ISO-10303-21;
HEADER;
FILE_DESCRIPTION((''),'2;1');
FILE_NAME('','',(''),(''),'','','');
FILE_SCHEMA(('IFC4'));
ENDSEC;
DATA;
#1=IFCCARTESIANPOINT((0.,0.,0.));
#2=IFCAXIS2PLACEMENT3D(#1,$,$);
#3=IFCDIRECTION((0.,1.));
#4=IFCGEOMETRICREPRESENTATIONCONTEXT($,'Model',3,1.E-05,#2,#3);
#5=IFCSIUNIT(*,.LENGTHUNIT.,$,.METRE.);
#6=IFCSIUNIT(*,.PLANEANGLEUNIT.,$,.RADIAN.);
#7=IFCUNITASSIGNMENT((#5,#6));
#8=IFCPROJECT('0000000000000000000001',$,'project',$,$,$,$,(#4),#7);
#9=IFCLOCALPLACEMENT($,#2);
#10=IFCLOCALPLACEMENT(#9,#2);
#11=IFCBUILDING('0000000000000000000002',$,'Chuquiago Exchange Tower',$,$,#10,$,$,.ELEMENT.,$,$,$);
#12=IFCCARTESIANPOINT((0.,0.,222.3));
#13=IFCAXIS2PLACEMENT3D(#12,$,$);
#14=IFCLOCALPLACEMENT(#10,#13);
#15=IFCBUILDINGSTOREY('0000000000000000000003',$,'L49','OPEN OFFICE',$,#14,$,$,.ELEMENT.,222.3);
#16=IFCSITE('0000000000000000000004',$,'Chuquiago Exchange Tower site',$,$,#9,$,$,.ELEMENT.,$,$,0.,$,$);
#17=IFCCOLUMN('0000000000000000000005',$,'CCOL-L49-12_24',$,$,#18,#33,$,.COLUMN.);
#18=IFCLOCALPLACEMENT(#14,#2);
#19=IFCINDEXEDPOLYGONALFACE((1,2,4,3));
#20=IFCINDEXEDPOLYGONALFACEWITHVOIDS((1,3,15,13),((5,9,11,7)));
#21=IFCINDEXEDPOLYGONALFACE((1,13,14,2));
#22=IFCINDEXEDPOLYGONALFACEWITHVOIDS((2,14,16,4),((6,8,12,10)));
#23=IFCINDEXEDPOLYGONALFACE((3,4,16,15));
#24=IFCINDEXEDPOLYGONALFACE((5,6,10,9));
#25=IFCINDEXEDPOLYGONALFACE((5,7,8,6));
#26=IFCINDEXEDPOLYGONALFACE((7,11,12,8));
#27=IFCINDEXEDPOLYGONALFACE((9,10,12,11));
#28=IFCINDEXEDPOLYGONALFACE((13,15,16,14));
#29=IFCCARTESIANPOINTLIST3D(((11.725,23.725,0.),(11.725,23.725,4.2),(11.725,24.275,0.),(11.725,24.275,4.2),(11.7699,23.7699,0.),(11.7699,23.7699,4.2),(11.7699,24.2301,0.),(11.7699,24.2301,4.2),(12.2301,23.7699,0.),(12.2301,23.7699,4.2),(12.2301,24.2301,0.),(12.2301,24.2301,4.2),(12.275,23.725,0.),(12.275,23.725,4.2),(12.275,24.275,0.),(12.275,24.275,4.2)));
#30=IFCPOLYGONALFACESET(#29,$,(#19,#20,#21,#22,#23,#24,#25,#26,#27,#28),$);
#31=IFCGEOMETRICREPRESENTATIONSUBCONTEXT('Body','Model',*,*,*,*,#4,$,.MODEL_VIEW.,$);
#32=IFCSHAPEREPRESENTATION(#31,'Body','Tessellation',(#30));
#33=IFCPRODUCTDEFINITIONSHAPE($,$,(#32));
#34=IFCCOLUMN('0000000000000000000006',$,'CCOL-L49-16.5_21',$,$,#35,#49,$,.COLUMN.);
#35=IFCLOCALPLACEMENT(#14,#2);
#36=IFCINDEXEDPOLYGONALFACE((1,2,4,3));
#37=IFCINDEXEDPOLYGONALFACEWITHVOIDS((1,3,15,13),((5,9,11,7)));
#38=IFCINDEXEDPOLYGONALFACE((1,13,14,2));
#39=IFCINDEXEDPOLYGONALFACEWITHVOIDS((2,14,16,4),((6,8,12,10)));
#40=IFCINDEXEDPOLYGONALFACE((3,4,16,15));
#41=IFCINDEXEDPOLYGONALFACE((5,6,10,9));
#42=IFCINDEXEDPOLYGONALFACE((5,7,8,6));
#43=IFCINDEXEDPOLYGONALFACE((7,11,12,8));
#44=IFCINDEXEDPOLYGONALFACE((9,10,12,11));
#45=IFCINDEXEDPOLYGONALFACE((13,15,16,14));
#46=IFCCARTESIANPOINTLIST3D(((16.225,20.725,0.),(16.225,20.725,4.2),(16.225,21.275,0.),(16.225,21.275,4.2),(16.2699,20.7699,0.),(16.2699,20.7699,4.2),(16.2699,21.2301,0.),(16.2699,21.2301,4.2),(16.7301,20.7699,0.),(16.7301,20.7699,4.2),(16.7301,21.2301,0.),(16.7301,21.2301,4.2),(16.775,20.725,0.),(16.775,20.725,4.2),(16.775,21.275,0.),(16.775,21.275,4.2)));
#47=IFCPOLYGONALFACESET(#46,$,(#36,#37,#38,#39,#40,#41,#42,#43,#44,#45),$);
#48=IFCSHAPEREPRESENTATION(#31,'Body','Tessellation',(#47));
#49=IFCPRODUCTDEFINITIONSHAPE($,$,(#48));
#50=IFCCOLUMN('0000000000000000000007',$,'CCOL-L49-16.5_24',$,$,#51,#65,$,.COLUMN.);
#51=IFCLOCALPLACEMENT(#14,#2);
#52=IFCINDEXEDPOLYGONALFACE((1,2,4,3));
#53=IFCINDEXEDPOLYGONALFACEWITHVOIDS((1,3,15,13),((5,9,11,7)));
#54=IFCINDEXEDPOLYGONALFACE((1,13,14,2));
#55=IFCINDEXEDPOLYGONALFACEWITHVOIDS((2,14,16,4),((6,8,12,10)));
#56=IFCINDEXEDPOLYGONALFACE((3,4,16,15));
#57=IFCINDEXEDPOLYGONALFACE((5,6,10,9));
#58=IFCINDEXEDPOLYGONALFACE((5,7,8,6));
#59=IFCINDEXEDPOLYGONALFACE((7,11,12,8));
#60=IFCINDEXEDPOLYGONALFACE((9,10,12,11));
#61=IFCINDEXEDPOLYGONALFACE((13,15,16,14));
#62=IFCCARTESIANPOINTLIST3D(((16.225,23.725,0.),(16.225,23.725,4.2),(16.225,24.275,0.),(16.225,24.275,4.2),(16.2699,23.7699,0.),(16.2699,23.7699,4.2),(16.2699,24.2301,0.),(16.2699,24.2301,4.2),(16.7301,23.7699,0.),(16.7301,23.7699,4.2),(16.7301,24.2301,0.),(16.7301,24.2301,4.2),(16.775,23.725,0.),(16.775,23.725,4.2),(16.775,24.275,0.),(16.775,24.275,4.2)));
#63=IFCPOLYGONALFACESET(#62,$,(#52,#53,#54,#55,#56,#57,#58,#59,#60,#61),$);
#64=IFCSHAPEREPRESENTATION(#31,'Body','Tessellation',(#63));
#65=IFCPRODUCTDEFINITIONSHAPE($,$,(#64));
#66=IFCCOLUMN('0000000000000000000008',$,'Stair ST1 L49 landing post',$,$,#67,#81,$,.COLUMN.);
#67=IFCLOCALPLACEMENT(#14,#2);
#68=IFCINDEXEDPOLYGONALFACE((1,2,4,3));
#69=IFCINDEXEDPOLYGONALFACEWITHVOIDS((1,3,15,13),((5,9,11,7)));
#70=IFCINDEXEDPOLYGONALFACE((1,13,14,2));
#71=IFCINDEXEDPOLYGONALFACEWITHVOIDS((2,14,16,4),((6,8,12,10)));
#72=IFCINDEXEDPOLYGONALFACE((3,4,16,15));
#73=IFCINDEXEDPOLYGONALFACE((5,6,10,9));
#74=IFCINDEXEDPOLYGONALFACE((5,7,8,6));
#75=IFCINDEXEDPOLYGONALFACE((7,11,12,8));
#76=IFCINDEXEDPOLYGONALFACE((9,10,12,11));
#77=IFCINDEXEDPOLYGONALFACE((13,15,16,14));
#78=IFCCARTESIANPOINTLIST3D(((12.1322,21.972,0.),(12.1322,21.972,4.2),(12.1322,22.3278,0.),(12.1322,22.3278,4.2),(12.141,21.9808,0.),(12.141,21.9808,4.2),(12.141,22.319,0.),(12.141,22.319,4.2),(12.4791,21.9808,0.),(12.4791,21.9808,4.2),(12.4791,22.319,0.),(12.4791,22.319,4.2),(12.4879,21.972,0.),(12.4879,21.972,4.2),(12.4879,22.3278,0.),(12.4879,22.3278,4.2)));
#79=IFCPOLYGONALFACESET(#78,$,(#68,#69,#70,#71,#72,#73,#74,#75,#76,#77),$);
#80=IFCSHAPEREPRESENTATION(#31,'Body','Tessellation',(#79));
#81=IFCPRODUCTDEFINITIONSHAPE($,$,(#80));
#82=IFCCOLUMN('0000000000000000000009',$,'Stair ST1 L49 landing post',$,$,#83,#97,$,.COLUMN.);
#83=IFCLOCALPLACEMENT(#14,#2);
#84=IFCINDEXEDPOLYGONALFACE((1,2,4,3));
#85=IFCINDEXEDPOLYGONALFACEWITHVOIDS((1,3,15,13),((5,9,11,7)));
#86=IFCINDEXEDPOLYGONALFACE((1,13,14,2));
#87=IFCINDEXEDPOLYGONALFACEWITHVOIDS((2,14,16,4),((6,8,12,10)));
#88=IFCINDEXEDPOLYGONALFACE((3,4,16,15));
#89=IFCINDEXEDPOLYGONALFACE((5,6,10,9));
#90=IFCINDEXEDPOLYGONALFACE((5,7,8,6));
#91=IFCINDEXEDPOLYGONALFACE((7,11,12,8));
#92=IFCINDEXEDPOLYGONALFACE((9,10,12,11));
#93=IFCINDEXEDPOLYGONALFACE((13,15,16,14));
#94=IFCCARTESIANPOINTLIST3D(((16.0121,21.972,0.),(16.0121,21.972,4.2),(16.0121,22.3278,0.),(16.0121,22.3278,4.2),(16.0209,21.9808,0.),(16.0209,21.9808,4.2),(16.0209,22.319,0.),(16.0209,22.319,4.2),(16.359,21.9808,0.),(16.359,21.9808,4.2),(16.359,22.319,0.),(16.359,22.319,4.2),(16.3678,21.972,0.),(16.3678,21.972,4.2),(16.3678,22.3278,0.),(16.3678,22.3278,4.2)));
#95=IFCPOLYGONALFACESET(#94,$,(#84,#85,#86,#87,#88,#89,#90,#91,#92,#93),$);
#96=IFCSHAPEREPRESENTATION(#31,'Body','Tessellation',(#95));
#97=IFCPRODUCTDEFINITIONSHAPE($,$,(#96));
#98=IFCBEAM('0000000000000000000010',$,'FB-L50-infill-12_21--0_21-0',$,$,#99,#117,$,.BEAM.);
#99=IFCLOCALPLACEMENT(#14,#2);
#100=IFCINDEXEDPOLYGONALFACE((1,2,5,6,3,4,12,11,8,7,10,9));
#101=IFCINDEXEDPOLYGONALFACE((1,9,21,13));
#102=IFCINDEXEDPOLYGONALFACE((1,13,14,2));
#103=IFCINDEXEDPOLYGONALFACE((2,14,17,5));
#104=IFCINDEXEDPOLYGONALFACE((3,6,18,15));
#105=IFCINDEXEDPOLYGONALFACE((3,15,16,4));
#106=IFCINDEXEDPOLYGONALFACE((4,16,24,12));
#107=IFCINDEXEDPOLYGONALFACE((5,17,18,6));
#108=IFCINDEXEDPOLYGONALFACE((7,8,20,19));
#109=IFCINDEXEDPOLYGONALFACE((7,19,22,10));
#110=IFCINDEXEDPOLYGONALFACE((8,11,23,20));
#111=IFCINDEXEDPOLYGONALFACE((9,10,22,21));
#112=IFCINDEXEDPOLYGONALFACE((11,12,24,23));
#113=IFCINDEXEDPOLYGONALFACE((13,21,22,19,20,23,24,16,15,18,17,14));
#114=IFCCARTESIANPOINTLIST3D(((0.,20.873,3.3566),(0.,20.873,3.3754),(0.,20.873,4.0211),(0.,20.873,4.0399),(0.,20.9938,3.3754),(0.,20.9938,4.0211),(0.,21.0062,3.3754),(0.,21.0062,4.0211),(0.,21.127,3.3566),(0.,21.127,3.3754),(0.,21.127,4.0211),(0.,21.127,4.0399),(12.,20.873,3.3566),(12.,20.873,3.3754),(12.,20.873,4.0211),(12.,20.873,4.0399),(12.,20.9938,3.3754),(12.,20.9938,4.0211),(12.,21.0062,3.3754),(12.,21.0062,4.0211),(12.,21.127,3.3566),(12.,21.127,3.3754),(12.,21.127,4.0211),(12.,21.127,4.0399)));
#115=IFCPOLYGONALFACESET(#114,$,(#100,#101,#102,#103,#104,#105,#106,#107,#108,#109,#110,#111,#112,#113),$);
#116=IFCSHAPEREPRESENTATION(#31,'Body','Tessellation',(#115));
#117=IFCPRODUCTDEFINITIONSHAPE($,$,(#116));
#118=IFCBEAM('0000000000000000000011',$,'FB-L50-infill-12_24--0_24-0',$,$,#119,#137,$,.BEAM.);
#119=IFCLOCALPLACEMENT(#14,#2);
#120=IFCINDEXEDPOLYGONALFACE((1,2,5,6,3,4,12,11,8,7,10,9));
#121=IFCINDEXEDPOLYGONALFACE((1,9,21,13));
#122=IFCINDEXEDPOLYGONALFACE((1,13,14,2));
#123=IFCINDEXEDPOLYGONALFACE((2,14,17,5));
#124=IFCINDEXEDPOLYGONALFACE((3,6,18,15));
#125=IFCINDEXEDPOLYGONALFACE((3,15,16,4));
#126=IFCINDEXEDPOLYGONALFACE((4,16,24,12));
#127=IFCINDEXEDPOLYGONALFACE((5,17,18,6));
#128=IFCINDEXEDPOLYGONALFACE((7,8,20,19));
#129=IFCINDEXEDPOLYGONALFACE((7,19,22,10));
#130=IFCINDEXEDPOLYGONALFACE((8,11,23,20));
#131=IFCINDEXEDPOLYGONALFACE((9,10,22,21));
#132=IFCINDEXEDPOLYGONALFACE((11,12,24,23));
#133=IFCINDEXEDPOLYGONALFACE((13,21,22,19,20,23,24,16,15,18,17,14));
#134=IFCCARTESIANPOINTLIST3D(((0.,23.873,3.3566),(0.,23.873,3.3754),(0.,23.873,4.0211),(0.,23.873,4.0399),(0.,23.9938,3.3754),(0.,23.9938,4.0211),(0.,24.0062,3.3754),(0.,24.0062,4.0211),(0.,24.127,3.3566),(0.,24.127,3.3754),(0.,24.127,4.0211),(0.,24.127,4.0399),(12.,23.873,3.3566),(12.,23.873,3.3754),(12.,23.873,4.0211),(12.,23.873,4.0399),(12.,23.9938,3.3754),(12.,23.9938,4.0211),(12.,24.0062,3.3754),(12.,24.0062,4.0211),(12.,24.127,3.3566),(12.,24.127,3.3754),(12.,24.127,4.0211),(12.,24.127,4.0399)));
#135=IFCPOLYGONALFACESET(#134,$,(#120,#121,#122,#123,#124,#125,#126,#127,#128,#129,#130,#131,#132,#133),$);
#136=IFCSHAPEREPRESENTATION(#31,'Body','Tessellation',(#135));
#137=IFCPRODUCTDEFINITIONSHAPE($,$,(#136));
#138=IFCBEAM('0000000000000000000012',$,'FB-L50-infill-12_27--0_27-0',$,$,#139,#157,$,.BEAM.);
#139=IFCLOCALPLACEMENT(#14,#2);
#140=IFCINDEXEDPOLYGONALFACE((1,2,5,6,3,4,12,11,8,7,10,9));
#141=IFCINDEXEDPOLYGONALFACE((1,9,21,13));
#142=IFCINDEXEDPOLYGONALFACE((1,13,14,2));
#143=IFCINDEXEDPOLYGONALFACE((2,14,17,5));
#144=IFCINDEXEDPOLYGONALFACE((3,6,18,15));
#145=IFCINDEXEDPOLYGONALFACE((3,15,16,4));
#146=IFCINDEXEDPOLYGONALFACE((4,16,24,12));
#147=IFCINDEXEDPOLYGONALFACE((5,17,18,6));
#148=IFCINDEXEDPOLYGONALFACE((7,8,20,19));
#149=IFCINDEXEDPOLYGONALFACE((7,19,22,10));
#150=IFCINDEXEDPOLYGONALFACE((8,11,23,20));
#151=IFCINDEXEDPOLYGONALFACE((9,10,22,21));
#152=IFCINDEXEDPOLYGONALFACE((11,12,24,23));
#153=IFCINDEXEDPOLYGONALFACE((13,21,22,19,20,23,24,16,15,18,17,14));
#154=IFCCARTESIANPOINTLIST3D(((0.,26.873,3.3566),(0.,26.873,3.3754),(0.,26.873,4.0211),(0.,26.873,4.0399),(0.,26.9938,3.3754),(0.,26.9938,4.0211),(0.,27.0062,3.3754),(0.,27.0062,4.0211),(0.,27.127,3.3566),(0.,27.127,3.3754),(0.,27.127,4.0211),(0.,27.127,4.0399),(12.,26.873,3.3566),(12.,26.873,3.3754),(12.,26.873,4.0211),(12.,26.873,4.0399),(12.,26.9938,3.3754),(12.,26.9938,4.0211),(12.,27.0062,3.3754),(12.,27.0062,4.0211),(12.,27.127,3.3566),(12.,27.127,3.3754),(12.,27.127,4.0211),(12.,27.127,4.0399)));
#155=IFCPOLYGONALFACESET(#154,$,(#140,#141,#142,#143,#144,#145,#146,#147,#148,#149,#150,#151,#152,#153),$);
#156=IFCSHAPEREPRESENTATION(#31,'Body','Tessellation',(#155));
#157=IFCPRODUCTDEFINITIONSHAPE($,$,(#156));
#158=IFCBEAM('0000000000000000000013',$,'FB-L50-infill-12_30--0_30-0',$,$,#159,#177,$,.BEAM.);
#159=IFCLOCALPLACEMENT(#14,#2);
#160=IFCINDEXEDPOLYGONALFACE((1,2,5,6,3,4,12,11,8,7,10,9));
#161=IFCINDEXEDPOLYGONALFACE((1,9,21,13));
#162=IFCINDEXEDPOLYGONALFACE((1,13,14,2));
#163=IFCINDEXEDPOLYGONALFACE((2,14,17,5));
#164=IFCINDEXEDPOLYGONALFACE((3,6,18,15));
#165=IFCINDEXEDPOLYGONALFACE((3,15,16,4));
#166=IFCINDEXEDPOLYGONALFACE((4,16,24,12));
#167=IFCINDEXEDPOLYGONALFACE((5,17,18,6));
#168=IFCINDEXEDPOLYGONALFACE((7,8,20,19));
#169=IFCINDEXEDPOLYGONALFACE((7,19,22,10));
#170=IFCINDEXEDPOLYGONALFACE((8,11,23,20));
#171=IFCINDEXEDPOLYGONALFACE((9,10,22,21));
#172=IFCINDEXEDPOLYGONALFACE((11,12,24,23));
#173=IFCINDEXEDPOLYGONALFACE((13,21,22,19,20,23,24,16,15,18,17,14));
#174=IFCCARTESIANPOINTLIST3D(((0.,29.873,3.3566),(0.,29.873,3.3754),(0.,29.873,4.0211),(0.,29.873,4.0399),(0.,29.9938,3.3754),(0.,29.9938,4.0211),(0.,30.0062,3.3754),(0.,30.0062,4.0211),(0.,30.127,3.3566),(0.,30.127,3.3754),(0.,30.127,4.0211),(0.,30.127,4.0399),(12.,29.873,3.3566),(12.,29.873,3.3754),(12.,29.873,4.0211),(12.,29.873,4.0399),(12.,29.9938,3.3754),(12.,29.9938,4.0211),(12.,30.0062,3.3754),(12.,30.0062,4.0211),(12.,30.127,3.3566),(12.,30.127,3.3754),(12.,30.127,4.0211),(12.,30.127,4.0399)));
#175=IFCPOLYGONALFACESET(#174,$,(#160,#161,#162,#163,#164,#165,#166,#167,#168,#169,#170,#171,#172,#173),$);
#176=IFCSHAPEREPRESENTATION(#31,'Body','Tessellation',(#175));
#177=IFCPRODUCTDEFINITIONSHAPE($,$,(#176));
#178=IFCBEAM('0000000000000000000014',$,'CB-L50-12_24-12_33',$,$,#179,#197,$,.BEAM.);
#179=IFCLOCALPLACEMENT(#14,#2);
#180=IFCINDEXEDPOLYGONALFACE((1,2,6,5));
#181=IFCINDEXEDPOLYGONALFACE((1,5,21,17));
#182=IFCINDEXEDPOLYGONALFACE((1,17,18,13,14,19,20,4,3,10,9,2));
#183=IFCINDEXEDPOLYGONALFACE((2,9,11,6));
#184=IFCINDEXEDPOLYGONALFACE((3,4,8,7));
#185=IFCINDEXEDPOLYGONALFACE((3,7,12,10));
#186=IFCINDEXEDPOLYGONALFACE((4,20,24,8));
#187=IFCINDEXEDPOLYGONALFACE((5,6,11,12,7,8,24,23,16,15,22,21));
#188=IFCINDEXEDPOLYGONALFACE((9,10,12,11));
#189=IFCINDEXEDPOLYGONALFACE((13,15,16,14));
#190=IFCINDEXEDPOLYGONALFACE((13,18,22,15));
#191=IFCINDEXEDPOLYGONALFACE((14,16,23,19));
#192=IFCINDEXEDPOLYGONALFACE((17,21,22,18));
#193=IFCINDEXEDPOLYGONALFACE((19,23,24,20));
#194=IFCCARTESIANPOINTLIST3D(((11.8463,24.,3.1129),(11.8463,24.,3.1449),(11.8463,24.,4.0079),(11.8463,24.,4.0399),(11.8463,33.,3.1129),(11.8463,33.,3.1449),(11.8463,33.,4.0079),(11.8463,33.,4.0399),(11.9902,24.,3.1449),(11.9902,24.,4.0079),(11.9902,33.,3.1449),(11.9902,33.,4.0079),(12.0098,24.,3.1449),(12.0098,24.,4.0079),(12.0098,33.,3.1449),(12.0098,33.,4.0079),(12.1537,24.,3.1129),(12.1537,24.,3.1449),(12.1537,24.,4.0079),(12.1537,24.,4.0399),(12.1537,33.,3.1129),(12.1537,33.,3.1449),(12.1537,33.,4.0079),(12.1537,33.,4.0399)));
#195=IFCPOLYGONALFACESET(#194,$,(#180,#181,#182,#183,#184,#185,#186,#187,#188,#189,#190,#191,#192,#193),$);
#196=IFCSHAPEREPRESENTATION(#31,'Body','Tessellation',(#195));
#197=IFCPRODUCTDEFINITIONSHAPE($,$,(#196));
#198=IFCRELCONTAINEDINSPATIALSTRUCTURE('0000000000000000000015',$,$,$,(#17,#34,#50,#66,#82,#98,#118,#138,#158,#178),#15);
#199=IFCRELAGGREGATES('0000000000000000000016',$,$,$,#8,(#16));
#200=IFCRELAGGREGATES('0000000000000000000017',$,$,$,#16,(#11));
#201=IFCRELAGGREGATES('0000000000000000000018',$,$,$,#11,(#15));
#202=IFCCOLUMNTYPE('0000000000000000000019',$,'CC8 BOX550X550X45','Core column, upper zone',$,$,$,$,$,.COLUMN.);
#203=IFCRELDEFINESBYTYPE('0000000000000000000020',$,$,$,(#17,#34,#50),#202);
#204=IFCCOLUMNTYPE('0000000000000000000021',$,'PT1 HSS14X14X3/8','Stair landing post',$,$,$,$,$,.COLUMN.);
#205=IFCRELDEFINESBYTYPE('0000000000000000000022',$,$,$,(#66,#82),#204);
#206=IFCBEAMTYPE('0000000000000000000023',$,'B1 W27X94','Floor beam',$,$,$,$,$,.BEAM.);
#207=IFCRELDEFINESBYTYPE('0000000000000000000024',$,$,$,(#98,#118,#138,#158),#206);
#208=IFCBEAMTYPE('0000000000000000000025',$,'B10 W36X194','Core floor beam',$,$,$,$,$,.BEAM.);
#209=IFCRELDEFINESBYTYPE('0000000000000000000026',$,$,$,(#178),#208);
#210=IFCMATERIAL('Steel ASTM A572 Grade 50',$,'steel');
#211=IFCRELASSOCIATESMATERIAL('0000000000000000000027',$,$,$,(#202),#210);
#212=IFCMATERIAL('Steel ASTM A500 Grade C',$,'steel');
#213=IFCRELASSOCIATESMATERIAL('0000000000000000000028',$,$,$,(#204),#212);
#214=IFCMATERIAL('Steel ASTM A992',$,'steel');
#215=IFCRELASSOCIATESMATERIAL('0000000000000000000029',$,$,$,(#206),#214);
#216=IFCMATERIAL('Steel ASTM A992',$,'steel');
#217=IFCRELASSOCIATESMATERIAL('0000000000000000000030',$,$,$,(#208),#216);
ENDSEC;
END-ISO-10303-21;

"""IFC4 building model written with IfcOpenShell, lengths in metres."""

from ifc_helpers import new_model, si_unit, direction, frame, origin, origin_2d, place, context, subcontext, project, spatial, hollow_rectangle, i_section, extrude, material, material_profile, profile_set, type_object, element, save


model = new_model("IFC4")

# Units and contexts
model_context = context("Model", 3, precision=1e-05, world=origin(), true_north=direction((0.0, 1.0)))
body_context = subcontext(model_context, "Body", "Model", "MODEL_VIEW")
ifc_project = project(units=[si_unit("LENGTHUNIT", "METRE"), si_unit("PLANEANGLEUNIT", "RADIAN")], contexts=[model_context])

# Site, building, storey
site_placement = place(None, origin())
site = spatial("IfcSite", under=ifc_project, at=site_placement, Name="Chuquiago Exchange Tower site", CompositionType="ELEMENT", RefElevation=0.0)
building_placement = place(site_placement, origin())
building = spatial("IfcBuilding", under=site, at=building_placement, Name="Chuquiago Exchange Tower", CompositionType="ELEMENT")
storey_placement = place(building_placement, frame((0.0, 0.0, 222.3)))
storey = spatial("IfcBuildingStorey", under=building, at=storey_placement, Name="L49", Description="OPEN OFFICE", CompositionType="ELEMENT", Elevation=222.3)

# Columns
ifc_material_1 = material(Name="Steel ASTM A572 Grade 50", Category="steel")
ifc_material_profile_1 = material_profile(ifc_material_1, hollow_rectangle(XDim=0.55, YDim=0.55, WallThickness=0.0449, at=origin_2d()), Name="BOX550X550X45")
ifc_profile_set_1 = profile_set([ifc_material_profile_1], Name="Steel ASTM A572 Grade 50")
column_type_1 = type_object("IfcColumnType", Name="CC8 BOX550X550X45", Description="Core column, upper zone", PredefinedType="COLUMN", material=ifc_profile_set_1)
for number, where, z_axis, x_axis, name in (
    (1, (12.0, 24.0, 0.0), (0.0, 0.0, 1.0), (1.0, 0.0, 0.0), "CCOL-L49-12_24"),
    (2, (16.5, 21.0, 0.0), (0.0, 0.0, 1.0), (1.0, 0.0, 0.0), "CCOL-L49-16.5_21"),
    (3, (16.5, 24.0, 0.0), (0.0, 0.0, 1.0), (1.0, 0.0, 0.0), "CCOL-L49-16.5_24"),
):
    element("IfcColumn", number, at=place(storey_placement, frame(where, z_axis=z_axis, x_axis=x_axis)), inside=storey, type_object=column_type_1, Name=name, PredefinedType="COLUMN", context=body_context, shape_type="SweptSolid", body=[
        extrude(hollow_rectangle(XDim=0.55, YDim=0.55, WallThickness=0.0449, at=origin_2d()), origin(), (0.0, 0.0, 1.0), 4.2),
    ])
ifc_material_2 = material(Name="Steel ASTM A500 Grade C", Category="steel")
ifc_material_profile_2 = material_profile(ifc_material_2, hollow_rectangle(XDim=0.3557, YDim=0.3557, WallThickness=0.0088, at=origin_2d()), Name="HSS14X14X3/8")
ifc_profile_set_2 = profile_set([ifc_material_profile_2], Name="Steel ASTM A500 Grade C")
column_type_2 = type_object("IfcColumnType", Name="PT1 HSS14X14X3/8", Description="Stair landing post", PredefinedType="COLUMN", material=ifc_profile_set_2)
for number, where, z_axis, x_axis, name in (
    (4, (12.3101, 22.1499, 0.0), (0.0, 0.0, 1.0), (1.0, 0.0, 0.0), "Stair ST1 L49 landing post"),
    (5, (16.1899, 22.1499, 0.0), (0.0, 0.0, 1.0), (1.0, 0.0, 0.0), "Stair ST1 L49 landing post"),
):
    element("IfcColumn", number, at=place(storey_placement, frame(where, z_axis=z_axis, x_axis=x_axis)), inside=storey, type_object=column_type_2, Name=name, PredefinedType="COLUMN", context=body_context, shape_type="SweptSolid", body=[
        extrude(hollow_rectangle(XDim=0.3557, YDim=0.3557, WallThickness=0.0088, at=origin_2d()), origin(), (0.0, 0.0, 1.0), 4.2),
    ])

# Beams
ifc_material_3 = material(Name="Steel ASTM A992", Category="steel")
ifc_material_profile_3 = material_profile(ifc_material_3, i_section(OverallWidth=0.2539, OverallDepth=0.6833, WebThickness=0.0125, FlangeThickness=0.0188, at=origin_2d()), Name="W27X94")
ifc_profile_set_3 = profile_set([ifc_material_profile_3], Name="Steel ASTM A992")
beam_type_1 = type_object("IfcBeamType", Name="B1 W27X94", Description="Floor beam", PredefinedType="BEAM", material=ifc_profile_set_3)
for number, where, z_axis, x_axis, name in (
    (6, (12.0, 21.0, 3.6982), (-1.0, 0.0, 0.0), (0.0, -1.0, 0.0), "FB-L50-infill-12_21--0_21-0"),
    (7, (12.0, 24.0, 3.6982), (-1.0, 0.0, 0.0), (0.0, -1.0, 0.0), "FB-L50-infill-12_24--0_24-0"),
    (8, (12.0, 27.0, 3.6982), (-1.0, 0.0, 0.0), (0.0, -1.0, 0.0), "FB-L50-infill-12_27--0_27-0"),
    (9, (12.0, 30.0, 3.6982), (-1.0, 0.0, 0.0), (0.0, -1.0, 0.0), "FB-L50-infill-12_30--0_30-0"),
):
    element("IfcBeam", number, at=place(storey_placement, frame(where, z_axis=z_axis, x_axis=x_axis)), inside=storey, type_object=beam_type_1, Name=name, PredefinedType="BEAM", context=body_context, shape_type="SweptSolid", body=[
        extrude(i_section(OverallWidth=0.2539, OverallDepth=0.6833, WebThickness=0.0125, FlangeThickness=0.0188, at=origin_2d()), origin(), (0.0, 0.0, 1.0), 12.0),
    ])
ifc_material_4 = material(Name="Steel ASTM A992", Category="steel")
ifc_material_profile_4 = material_profile(ifc_material_4, i_section(OverallWidth=0.3074, OverallDepth=0.927, WebThickness=0.0195, FlangeThickness=0.032, at=origin_2d()), Name="W36X194")
ifc_profile_set_4 = profile_set([ifc_material_profile_4], Name="Steel ASTM A992")
beam_type_2 = type_object("IfcBeamType", Name="B10 W36X194", Description="Core floor beam", PredefinedType="BEAM", material=ifc_profile_set_4)
for number, where, z_axis, x_axis, name in (
    (10, (12.0, 24.0, 3.5764), (0.0, 1.0, 0.0), (-1.0, 0.0, 0.0), "CB-L50-12_24-12_33"),
):
    element("IfcBeam", number, at=place(storey_placement, frame(where, z_axis=z_axis, x_axis=x_axis)), inside=storey, type_object=beam_type_2, Name=name, PredefinedType="BEAM", context=body_context, shape_type="SweptSolid", body=[
        extrude(i_section(OverallWidth=0.3074, OverallDepth=0.927, WebThickness=0.0195, FlangeThickness=0.032, at=origin_2d()), origin(), (0.0, 0.0, 1.0), 9.0),
    ])

save(model, "model.ifc")
